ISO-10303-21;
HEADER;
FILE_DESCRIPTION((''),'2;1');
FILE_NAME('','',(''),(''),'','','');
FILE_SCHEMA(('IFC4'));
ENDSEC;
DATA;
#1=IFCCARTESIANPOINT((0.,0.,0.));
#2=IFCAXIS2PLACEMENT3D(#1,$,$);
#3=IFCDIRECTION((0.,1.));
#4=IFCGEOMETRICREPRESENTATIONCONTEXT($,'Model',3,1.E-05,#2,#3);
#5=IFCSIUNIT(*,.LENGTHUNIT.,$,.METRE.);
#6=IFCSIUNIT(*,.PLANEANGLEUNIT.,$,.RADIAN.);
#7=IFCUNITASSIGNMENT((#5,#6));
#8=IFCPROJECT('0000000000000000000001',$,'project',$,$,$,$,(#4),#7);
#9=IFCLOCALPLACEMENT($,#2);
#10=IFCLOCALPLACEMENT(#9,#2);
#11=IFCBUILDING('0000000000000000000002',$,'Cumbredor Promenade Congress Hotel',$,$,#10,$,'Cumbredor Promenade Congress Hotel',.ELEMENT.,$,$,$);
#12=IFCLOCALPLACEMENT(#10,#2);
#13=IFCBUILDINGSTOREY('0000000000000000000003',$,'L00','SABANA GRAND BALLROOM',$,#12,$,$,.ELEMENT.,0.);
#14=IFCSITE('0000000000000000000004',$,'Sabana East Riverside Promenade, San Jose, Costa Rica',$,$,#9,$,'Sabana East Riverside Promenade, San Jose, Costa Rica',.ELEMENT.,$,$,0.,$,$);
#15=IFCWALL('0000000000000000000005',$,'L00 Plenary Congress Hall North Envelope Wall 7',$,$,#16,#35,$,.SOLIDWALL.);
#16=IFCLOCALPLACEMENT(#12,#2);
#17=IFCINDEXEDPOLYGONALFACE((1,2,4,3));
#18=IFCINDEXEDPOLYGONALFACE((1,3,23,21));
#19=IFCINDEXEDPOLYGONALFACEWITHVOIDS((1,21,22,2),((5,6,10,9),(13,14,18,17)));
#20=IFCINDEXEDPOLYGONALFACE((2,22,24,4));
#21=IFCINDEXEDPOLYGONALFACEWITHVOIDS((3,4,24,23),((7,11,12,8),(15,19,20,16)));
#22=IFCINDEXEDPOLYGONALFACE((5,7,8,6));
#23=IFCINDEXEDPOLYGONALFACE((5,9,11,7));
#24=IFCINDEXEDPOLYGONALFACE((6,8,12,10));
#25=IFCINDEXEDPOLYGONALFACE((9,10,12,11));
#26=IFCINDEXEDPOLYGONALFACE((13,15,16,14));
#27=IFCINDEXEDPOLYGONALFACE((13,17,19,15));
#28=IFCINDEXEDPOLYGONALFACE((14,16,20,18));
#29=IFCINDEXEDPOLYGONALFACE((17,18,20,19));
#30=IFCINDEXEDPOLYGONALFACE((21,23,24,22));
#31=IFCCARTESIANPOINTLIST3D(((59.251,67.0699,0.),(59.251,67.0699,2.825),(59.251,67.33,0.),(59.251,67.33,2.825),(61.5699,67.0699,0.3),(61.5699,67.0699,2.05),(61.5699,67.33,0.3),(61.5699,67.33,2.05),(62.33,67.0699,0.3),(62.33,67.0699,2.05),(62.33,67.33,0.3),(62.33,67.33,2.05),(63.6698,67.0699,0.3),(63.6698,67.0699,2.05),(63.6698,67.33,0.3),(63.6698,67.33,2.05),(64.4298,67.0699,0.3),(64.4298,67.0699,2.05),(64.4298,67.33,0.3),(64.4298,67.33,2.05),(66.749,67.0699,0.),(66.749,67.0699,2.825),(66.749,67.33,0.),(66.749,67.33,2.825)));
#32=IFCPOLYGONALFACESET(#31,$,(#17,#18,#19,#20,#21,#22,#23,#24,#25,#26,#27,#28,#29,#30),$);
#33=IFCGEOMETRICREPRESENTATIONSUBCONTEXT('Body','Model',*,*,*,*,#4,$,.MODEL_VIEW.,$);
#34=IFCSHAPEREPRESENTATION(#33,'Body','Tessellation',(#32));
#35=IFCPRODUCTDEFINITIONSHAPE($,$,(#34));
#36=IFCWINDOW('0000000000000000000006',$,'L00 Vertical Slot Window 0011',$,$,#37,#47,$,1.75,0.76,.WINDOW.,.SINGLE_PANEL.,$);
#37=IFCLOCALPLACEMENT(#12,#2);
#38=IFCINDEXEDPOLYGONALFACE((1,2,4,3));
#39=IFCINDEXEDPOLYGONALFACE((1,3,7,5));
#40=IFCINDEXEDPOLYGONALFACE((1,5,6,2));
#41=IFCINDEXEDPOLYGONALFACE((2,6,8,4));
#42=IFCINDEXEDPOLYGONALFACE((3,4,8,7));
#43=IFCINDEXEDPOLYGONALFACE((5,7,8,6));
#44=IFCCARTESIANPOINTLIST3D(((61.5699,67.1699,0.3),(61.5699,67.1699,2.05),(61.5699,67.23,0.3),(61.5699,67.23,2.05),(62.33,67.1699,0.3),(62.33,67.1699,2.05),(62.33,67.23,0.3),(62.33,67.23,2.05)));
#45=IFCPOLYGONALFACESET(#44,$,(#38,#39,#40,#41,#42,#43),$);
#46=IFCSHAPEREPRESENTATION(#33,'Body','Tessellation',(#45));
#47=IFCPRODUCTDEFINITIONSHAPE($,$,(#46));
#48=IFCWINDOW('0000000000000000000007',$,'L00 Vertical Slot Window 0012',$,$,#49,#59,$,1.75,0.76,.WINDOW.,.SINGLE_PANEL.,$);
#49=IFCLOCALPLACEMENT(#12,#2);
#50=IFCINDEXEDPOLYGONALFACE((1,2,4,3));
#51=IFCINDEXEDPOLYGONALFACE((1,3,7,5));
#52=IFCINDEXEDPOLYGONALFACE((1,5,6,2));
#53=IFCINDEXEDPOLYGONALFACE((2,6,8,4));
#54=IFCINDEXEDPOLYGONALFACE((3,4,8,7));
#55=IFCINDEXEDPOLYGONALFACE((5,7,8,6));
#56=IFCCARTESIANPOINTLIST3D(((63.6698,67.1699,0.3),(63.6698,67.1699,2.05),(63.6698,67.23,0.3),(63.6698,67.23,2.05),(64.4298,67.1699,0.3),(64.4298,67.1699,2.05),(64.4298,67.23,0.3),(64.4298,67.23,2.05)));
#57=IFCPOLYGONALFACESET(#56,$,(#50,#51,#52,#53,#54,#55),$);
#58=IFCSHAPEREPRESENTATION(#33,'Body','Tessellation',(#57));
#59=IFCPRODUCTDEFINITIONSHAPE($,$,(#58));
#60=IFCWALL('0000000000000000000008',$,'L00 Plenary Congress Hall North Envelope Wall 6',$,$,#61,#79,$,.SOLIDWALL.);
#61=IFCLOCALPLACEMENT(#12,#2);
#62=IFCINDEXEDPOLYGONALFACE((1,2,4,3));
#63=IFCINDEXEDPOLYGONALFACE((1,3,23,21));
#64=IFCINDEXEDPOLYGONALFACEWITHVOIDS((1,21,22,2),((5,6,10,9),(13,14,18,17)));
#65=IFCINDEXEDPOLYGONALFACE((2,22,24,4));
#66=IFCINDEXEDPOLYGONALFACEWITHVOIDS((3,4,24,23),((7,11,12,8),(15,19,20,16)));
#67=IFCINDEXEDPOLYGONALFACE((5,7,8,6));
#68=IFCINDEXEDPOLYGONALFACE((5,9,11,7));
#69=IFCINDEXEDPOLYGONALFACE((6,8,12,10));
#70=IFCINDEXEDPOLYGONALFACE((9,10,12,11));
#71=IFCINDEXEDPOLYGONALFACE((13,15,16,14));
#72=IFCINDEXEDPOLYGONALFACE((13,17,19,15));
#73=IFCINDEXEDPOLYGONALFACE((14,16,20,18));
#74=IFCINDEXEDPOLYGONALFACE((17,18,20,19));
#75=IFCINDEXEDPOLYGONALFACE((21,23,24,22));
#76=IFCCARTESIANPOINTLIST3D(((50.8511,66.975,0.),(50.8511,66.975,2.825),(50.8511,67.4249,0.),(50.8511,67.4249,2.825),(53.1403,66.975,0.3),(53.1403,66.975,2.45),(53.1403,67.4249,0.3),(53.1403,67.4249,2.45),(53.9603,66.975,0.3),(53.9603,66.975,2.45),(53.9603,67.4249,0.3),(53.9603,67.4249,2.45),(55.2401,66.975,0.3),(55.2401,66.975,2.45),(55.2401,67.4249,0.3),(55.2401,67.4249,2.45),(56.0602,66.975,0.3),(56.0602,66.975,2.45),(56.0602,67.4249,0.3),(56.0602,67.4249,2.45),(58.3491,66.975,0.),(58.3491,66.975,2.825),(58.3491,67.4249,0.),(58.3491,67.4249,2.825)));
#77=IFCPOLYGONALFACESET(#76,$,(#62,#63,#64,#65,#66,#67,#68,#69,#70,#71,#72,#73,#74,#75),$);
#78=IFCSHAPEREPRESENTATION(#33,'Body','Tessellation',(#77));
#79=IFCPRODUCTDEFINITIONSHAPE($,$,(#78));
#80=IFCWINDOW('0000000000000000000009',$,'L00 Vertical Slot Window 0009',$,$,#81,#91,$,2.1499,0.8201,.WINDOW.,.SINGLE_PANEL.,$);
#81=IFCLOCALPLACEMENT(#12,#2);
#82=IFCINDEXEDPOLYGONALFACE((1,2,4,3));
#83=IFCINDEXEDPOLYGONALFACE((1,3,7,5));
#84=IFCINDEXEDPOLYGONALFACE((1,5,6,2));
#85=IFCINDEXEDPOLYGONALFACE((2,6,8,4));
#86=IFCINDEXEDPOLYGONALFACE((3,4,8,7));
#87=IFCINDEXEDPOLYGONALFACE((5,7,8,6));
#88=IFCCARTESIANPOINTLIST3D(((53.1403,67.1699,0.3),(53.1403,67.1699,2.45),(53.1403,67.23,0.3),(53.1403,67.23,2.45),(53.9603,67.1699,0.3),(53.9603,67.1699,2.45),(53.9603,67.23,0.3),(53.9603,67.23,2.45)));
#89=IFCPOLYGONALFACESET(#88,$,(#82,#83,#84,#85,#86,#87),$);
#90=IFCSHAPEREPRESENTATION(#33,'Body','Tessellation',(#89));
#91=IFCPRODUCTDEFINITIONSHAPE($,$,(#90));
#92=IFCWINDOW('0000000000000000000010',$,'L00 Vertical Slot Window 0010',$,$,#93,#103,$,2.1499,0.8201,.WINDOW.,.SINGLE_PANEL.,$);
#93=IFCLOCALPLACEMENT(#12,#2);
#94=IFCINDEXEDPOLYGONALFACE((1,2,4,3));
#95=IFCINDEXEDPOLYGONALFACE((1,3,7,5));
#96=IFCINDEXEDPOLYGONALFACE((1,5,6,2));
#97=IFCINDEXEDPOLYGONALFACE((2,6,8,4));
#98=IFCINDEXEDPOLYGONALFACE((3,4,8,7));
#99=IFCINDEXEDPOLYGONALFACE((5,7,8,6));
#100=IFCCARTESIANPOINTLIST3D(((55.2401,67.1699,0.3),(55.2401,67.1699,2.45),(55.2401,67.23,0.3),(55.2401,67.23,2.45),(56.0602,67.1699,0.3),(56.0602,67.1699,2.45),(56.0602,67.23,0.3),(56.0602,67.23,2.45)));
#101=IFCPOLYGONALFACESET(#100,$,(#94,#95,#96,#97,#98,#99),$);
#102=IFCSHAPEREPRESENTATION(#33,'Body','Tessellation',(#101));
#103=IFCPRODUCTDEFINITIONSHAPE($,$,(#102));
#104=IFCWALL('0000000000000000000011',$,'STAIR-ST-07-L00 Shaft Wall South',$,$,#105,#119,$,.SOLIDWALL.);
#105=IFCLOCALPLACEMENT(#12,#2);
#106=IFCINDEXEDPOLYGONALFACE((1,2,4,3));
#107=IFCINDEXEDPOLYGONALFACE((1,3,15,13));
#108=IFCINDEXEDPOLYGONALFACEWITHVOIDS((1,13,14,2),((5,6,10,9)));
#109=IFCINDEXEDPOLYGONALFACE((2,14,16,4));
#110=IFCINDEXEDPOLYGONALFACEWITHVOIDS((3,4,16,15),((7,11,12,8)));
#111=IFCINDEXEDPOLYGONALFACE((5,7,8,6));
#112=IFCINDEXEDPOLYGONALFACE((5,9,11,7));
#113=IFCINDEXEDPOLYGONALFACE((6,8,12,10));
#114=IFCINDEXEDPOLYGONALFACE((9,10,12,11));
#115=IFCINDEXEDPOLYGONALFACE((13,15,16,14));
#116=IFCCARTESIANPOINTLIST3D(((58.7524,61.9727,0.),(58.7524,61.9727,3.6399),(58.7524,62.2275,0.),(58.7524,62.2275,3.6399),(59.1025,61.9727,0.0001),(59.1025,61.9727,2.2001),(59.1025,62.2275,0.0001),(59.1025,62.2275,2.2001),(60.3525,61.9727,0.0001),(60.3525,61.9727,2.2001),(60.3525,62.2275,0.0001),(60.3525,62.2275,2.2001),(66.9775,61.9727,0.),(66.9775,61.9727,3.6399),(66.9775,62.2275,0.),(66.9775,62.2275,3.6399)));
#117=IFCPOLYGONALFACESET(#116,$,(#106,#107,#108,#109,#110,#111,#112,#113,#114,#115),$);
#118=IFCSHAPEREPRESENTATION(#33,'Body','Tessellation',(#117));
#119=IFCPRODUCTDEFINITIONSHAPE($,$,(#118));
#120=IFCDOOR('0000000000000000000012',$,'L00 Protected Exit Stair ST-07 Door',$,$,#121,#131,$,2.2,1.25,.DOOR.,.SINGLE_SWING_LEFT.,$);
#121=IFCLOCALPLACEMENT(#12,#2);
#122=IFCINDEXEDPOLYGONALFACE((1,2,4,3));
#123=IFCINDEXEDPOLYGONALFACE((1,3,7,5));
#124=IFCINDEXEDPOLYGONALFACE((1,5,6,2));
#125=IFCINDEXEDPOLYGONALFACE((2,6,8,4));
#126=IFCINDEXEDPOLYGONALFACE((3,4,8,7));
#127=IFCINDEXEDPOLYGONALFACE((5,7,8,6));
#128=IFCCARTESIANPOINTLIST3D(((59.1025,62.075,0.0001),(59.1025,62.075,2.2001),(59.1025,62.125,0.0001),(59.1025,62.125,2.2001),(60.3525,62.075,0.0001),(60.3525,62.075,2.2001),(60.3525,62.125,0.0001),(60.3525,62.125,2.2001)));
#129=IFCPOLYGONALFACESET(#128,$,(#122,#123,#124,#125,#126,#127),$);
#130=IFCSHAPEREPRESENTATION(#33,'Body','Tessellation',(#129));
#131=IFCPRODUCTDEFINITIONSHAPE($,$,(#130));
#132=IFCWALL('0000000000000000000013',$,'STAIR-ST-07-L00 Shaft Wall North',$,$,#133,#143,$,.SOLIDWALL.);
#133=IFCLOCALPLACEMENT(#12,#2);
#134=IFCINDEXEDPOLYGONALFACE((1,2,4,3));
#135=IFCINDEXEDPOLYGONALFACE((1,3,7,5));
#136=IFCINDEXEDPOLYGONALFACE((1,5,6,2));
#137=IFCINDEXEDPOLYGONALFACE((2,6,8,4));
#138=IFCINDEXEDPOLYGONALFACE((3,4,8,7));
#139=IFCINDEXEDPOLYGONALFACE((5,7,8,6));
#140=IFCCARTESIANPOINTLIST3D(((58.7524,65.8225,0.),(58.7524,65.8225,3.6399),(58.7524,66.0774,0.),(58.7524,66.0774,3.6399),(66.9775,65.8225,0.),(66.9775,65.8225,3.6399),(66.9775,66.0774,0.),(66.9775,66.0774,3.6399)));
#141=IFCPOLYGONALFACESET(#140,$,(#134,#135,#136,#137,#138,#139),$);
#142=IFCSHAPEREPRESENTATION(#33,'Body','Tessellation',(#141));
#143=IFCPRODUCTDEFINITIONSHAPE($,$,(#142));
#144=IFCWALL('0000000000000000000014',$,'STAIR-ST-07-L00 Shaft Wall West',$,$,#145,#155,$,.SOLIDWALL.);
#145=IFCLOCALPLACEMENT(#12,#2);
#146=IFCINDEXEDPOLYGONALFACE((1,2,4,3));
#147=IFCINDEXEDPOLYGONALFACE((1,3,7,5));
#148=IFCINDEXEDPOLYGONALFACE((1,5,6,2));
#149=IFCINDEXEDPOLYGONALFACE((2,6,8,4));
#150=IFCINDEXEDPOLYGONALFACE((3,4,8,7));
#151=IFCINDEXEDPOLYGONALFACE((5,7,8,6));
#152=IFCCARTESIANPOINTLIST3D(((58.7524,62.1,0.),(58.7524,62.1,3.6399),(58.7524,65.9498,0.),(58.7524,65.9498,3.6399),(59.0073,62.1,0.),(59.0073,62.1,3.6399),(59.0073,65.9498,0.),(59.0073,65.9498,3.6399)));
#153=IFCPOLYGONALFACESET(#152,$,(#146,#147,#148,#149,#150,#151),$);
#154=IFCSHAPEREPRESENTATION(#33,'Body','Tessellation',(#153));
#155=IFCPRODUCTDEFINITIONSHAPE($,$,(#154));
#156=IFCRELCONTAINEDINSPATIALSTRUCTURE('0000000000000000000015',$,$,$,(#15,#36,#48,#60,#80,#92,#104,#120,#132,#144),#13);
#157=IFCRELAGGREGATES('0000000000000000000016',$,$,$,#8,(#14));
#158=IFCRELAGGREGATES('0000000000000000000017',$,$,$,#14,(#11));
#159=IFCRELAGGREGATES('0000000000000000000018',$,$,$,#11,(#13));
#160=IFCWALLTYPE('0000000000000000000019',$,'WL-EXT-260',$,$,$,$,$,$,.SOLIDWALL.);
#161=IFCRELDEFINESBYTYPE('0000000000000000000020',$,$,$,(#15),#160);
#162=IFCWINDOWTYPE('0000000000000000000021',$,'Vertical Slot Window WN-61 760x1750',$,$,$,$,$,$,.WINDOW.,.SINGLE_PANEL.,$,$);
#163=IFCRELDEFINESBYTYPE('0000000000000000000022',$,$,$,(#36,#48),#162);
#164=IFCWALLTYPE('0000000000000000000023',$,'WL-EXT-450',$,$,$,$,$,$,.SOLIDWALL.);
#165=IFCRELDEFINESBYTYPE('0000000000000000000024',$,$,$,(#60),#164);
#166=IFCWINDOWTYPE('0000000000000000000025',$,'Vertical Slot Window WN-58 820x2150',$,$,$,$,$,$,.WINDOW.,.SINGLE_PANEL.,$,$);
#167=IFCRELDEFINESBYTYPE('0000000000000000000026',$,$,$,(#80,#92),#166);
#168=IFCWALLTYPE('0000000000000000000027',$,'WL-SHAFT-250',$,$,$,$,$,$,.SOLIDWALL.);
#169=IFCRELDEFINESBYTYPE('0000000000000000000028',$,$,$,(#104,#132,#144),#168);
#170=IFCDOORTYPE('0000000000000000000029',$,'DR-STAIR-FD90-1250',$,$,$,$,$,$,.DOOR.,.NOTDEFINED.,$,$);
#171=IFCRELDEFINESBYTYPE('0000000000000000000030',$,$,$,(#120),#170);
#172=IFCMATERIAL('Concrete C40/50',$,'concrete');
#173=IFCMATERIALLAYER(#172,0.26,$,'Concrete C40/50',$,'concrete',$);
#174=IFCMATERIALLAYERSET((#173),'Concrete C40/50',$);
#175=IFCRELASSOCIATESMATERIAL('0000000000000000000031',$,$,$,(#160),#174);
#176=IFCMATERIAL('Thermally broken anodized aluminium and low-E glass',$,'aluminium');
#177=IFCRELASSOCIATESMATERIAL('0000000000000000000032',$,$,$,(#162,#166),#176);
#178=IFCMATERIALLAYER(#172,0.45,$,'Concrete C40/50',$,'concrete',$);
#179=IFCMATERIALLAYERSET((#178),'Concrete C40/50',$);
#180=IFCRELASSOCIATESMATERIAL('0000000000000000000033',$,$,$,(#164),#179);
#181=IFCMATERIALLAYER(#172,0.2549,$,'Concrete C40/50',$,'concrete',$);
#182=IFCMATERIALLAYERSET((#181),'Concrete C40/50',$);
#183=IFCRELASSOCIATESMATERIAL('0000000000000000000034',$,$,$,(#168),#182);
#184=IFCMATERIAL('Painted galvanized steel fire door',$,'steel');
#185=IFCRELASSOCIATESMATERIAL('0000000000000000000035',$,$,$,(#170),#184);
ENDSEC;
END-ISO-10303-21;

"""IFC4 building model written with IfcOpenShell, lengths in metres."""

from ifc_helpers import new_model, si_unit, direction, frame, frame_2d, origin, place, context, subcontext, project, spatial, rectangle, extrude, material, layer, layer_set, type_object, element, fill, save


model = new_model("IFC4")

# Units and contexts
model_context = context("Model", 3, precision=1e-05, world=origin(), true_north=direction((0.0, 1.0)))
body_context = subcontext(model_context, "Body", "Model", "MODEL_VIEW")
ifc_project = project(units=[si_unit("LENGTHUNIT", "METRE"), si_unit("PLANEANGLEUNIT", "RADIAN")], contexts=[model_context])

# Site, building, storey
site_placement = place(None, origin())
site = spatial("IfcSite", under=ifc_project, at=site_placement, Name="Sabana East Riverside Promenade, San Jose, Costa Rica", LongName="Sabana East Riverside Promenade, San Jose, Costa Rica", CompositionType="ELEMENT", RefElevation=0.0)
building_placement = place(site_placement, origin())
building = spatial("IfcBuilding", under=site, at=building_placement, Name="Cumbredor Promenade Congress Hotel", LongName="Cumbredor Promenade Congress Hotel", CompositionType="ELEMENT")
storey_placement = place(building_placement, origin())
storey = spatial("IfcBuildingStorey", under=building, at=storey_placement, Name="L00", Description="SABANA GRAND BALLROOM", CompositionType="ELEMENT", Elevation=0.0)

# Shared definitions
ifc_material_1 = material(Name="Thermally broken anodized aluminium and low-E glass", Category="aluminium")

# Shared definitions
ifc_material_2 = material(Name="Concrete C40/50", Category="concrete")

# Walls, openings, windows
ifc_layer_1 = layer(ifc_material_2, 0.26, Name="Concrete C40/50", Category="concrete")
ifc_layer_set_1 = layer_set([ifc_layer_1], Name="Concrete C40/50")
wall_type_1 = type_object("IfcWallType", Name="WL-EXT-260", PredefinedType="SOLIDWALL", material=ifc_layer_set_1)
wall_1_placement = place(storey_placement, frame((59.251, 67.2, 0.0), z_axis=(0.0, 0.0, 1.0), x_axis=(1.0, 0.0, 0.0)))
wall_1 = element("IfcWall", 1, at=wall_1_placement, inside=storey, type_object=wall_type_1, Name="L00 Plenary Congress Hall North Envelope Wall 7", PredefinedType="SOLIDWALL", context=body_context, shape_type="SweptSolid", body=[
    extrude(rectangle(XDim=7.498, YDim=0.26, at=frame_2d((3.749, 0.0))), origin(), (0.0, 0.0, 1.0), 2.825),
])
opening_1_placement = place(wall_1_placement, frame((2.3191, 0.0, 0.3)))
opening_1 = element("IfcOpeningElement", 2, at=opening_1_placement, cuts=wall_1, PredefinedType="OPENING", context=body_context, shape_type="SweptSolid", body=[
    extrude(rectangle(XDim=0.76, YDim=1.75, at=frame_2d((0.3799, 0.875))), frame((0.0, 0.1401, 0.0), z_axis=(0.0, -1.0, 0.0), x_axis=(1.0, 0.0, 0.0)), (0.0, 0.0, 1.0), 0.28),
])
opening_2_placement = place(wall_1_placement, frame((4.4189, 0.0, 0.3)))
opening_2 = element("IfcOpeningElement", 3, at=opening_2_placement, cuts=wall_1, PredefinedType="OPENING", context=body_context, shape_type="SweptSolid", body=[
    extrude(rectangle(XDim=0.76, YDim=1.75, at=frame_2d((0.3799, 0.875))), frame((0.0, 0.1401, 0.0), z_axis=(0.0, -1.0, 0.0), x_axis=(1.0, 0.0, 0.0)), (0.0, 0.0, 1.0), 0.28),
])
window_type_1 = type_object("IfcWindowType", Name="Vertical Slot Window WN-61 760x1750", PartitioningType="SINGLE_PANEL", PredefinedType="WINDOW", material=ifc_material_1)
window_1_placement = place(opening_1_placement, origin())
window_1 = element("IfcWindow", 4, at=window_1_placement, inside=storey, type_object=window_type_1, Name="L00 Vertical Slot Window 0011", OverallHeight=1.75, OverallWidth=0.76, PartitioningType="SINGLE_PANEL", PredefinedType="WINDOW", context=body_context, shape_type="SweptSolid", body=[
    extrude(rectangle(XDim=0.76, YDim=1.75, at=frame_2d((0.3799, 0.875))), frame((0.0, 0.03, 0.0), z_axis=(0.0, -1.0, 0.0), x_axis=(1.0, 0.0, 0.0)), (0.0, 0.0, 1.0), 0.0601),
])
fill(opening_1, window_1)
window_2_placement = place(opening_2_placement, origin())
window_2 = element("IfcWindow", 5, at=window_2_placement, inside=storey, type_object=window_type_1, Name="L00 Vertical Slot Window 0012", OverallHeight=1.75, OverallWidth=0.76, PartitioningType="SINGLE_PANEL", PredefinedType="WINDOW", context=body_context, shape_type="SweptSolid", body=[
    extrude(rectangle(XDim=0.76, YDim=1.75, at=frame_2d((0.3799, 0.875))), frame((0.0, 0.03, 0.0), z_axis=(0.0, -1.0, 0.0), x_axis=(1.0, 0.0, 0.0)), (0.0, 0.0, 1.0), 0.0601),
])
fill(opening_2, window_2)
ifc_layer_2 = layer(ifc_material_2, 0.45, Name="Concrete C40/50", Category="concrete")
ifc_layer_set_2 = layer_set([ifc_layer_2], Name="Concrete C40/50")
wall_type_2 = type_object("IfcWallType", Name="WL-EXT-450", PredefinedType="SOLIDWALL", material=ifc_layer_set_2)
wall_2_placement = place(storey_placement, frame((50.8511, 67.2, 0.0), z_axis=(0.0, 0.0, 1.0), x_axis=(1.0, 0.0, 0.0)))
wall_2 = element("IfcWall", 6, at=wall_2_placement, inside=storey, type_object=wall_type_2, Name="L00 Plenary Congress Hall North Envelope Wall 6", PredefinedType="SOLIDWALL", context=body_context, shape_type="SweptSolid", body=[
    extrude(rectangle(XDim=7.498, YDim=0.45, at=frame_2d((3.749, 0.0))), origin(), (0.0, 0.0, 1.0), 2.825),
])
opening_3_placement = place(wall_2_placement, frame((2.2891, 0.0, 0.3)))
opening_3 = element("IfcOpeningElement", 7, at=opening_3_placement, cuts=wall_2, PredefinedType="OPENING", context=body_context, shape_type="SweptSolid", body=[
    extrude(rectangle(XDim=0.8201, YDim=2.1499, at=frame_2d((0.4102, 1.075))), frame((0.0, 0.2349, 0.0), z_axis=(0.0, -1.0, 0.0), x_axis=(1.0, 0.0, 0.0)), (0.0, 0.0, 1.0), 0.47),
])
opening_4_placement = place(wall_2_placement, frame((4.3889, 0.0, 0.3)))
opening_4 = element("IfcOpeningElement", 8, at=opening_4_placement, cuts=wall_2, PredefinedType="OPENING", context=body_context, shape_type="SweptSolid", body=[
    extrude(rectangle(XDim=0.8201, YDim=2.1499, at=frame_2d((0.4102, 1.075))), frame((0.0, 0.2349, 0.0), z_axis=(0.0, -1.0, 0.0), x_axis=(1.0, 0.0, 0.0)), (0.0, 0.0, 1.0), 0.47),
])
window_type_2 = type_object("IfcWindowType", Name="Vertical Slot Window WN-58 820x2150", PartitioningType="SINGLE_PANEL", PredefinedType="WINDOW", material=ifc_material_1)
window_3_placement = place(opening_3_placement, origin())
window_3 = element("IfcWindow", 9, at=window_3_placement, inside=storey, type_object=window_type_2, Name="L00 Vertical Slot Window 0009", OverallHeight=2.1499, OverallWidth=0.8201, PartitioningType="SINGLE_PANEL", PredefinedType="WINDOW", context=body_context, shape_type="SweptSolid", body=[
    extrude(rectangle(XDim=0.8201, YDim=2.1499, at=frame_2d((0.4102, 1.075))), frame((0.0, 0.03, 0.0), z_axis=(0.0, -1.0, 0.0), x_axis=(1.0, 0.0, 0.0)), (0.0, 0.0, 1.0), 0.0601),
])
fill(opening_3, window_3)
window_4_placement = place(opening_4_placement, origin())
window_4 = element("IfcWindow", 10, at=window_4_placement, inside=storey, type_object=window_type_2, Name="L00 Vertical Slot Window 0010", OverallHeight=2.1499, OverallWidth=0.8201, PartitioningType="SINGLE_PANEL", PredefinedType="WINDOW", context=body_context, shape_type="SweptSolid", body=[
    extrude(rectangle(XDim=0.8201, YDim=2.1499, at=frame_2d((0.4102, 1.075))), frame((0.0, 0.03, 0.0), z_axis=(0.0, -1.0, 0.0), x_axis=(1.0, 0.0, 0.0)), (0.0, 0.0, 1.0), 0.0601),
])
fill(opening_4, window_4)

# Wall, opening, door
ifc_layer_3 = layer(ifc_material_2, 0.2549, Name="Concrete C40/50", Category="concrete")
ifc_layer_set_3 = layer_set([ifc_layer_3], Name="Concrete C40/50")
wall_type_3 = type_object("IfcWallType", Name="WL-SHAFT-250", PredefinedType="SOLIDWALL", material=ifc_layer_set_3)
wall_3_placement = place(storey_placement, frame((58.7524, 62.1001, 0.0), z_axis=(0.0, 0.0, 1.0), x_axis=(1.0, 0.0, 0.0)))
wall_3 = element("IfcWall", 11, at=wall_3_placement, inside=storey, type_object=wall_type_3, Name="STAIR-ST-07-L00 Shaft Wall South", PredefinedType="SOLIDWALL", context=body_context, shape_type="SweptSolid", body=[
    extrude(rectangle(XDim=8.2251, YDim=0.2549, at=frame_2d((4.1125, 0.0))), origin(), (0.0, 0.0, 1.0), 3.6399),
])
opening_5_placement = place(wall_3_placement, frame((0.3501, 0.0, 0.0)))
opening_5 = element("IfcOpeningElement", 12, at=opening_5_placement, cuts=wall_3, PredefinedType="OPENING", context=body_context, shape_type="SweptSolid", body=[
    extrude(rectangle(XDim=1.25, YDim=2.2, at=frame_2d((0.625, 1.1001))), frame((0.0, 0.1375, 0.0), z_axis=(0.0, -1.0, 0.0), x_axis=(1.0, 0.0, 0.0)), (0.0, 0.0, 1.0), 0.2749),
])
ifc_material_3 = material(Name="Painted galvanized steel fire door", Category="steel")
door_type = type_object("IfcDoorType", Name="DR-STAIR-FD90-1250", OperationType="NOTDEFINED", PredefinedType="DOOR", material=ifc_material_3)
door_placement = place(opening_5_placement, origin())
door = element("IfcDoor", 13, at=door_placement, inside=storey, type_object=door_type, Name="L00 Protected Exit Stair ST-07 Door", OperationType="SINGLE_SWING_LEFT", OverallHeight=2.2, OverallWidth=1.25, PredefinedType="DOOR", context=body_context, shape_type="SweptSolid", body=[
    extrude(rectangle(XDim=1.25, YDim=2.2, at=frame_2d((0.625, 1.1001))), frame((0.0, 0.0249, 0.0), z_axis=(0.0, -1.0, 0.0), x_axis=(1.0, 0.0, 0.0)), (0.0, 0.0, 1.0), 0.05),
])
fill(opening_5, door)

# Walls
wall_4_placement = place(storey_placement, frame((58.7524, 65.95, 0.0), z_axis=(0.0, 0.0, 1.0), x_axis=(1.0, 0.0, 0.0)))
element("IfcWall", 14, at=wall_4_placement, inside=storey, type_object=wall_type_3, Name="STAIR-ST-07-L00 Shaft Wall North", PredefinedType="SOLIDWALL", context=body_context, shape_type="SweptSolid", body=[
    extrude(rectangle(XDim=8.2251, YDim=0.2549, at=frame_2d((4.1125, 0.0))), origin(), (0.0, 0.0, 1.0), 3.6399),
])
wall_5_placement = place(storey_placement, frame((58.8799, 62.1001, 0.0), z_axis=(0.0, 0.0, 1.0), x_axis=(0.0, 1.0, 0.0)))
element("IfcWall", 15, at=wall_5_placement, inside=storey, type_object=wall_type_3, Name="STAIR-ST-07-L00 Shaft Wall West", PredefinedType="SOLIDWALL", context=body_context, shape_type="SweptSolid", body=[
    extrude(rectangle(XDim=3.8499, YDim=0.2549, at=frame_2d((1.9248, 0.0))), origin(), (0.0, 0.0, 1.0), 3.6399),
])

save(model, "model.ifc")
